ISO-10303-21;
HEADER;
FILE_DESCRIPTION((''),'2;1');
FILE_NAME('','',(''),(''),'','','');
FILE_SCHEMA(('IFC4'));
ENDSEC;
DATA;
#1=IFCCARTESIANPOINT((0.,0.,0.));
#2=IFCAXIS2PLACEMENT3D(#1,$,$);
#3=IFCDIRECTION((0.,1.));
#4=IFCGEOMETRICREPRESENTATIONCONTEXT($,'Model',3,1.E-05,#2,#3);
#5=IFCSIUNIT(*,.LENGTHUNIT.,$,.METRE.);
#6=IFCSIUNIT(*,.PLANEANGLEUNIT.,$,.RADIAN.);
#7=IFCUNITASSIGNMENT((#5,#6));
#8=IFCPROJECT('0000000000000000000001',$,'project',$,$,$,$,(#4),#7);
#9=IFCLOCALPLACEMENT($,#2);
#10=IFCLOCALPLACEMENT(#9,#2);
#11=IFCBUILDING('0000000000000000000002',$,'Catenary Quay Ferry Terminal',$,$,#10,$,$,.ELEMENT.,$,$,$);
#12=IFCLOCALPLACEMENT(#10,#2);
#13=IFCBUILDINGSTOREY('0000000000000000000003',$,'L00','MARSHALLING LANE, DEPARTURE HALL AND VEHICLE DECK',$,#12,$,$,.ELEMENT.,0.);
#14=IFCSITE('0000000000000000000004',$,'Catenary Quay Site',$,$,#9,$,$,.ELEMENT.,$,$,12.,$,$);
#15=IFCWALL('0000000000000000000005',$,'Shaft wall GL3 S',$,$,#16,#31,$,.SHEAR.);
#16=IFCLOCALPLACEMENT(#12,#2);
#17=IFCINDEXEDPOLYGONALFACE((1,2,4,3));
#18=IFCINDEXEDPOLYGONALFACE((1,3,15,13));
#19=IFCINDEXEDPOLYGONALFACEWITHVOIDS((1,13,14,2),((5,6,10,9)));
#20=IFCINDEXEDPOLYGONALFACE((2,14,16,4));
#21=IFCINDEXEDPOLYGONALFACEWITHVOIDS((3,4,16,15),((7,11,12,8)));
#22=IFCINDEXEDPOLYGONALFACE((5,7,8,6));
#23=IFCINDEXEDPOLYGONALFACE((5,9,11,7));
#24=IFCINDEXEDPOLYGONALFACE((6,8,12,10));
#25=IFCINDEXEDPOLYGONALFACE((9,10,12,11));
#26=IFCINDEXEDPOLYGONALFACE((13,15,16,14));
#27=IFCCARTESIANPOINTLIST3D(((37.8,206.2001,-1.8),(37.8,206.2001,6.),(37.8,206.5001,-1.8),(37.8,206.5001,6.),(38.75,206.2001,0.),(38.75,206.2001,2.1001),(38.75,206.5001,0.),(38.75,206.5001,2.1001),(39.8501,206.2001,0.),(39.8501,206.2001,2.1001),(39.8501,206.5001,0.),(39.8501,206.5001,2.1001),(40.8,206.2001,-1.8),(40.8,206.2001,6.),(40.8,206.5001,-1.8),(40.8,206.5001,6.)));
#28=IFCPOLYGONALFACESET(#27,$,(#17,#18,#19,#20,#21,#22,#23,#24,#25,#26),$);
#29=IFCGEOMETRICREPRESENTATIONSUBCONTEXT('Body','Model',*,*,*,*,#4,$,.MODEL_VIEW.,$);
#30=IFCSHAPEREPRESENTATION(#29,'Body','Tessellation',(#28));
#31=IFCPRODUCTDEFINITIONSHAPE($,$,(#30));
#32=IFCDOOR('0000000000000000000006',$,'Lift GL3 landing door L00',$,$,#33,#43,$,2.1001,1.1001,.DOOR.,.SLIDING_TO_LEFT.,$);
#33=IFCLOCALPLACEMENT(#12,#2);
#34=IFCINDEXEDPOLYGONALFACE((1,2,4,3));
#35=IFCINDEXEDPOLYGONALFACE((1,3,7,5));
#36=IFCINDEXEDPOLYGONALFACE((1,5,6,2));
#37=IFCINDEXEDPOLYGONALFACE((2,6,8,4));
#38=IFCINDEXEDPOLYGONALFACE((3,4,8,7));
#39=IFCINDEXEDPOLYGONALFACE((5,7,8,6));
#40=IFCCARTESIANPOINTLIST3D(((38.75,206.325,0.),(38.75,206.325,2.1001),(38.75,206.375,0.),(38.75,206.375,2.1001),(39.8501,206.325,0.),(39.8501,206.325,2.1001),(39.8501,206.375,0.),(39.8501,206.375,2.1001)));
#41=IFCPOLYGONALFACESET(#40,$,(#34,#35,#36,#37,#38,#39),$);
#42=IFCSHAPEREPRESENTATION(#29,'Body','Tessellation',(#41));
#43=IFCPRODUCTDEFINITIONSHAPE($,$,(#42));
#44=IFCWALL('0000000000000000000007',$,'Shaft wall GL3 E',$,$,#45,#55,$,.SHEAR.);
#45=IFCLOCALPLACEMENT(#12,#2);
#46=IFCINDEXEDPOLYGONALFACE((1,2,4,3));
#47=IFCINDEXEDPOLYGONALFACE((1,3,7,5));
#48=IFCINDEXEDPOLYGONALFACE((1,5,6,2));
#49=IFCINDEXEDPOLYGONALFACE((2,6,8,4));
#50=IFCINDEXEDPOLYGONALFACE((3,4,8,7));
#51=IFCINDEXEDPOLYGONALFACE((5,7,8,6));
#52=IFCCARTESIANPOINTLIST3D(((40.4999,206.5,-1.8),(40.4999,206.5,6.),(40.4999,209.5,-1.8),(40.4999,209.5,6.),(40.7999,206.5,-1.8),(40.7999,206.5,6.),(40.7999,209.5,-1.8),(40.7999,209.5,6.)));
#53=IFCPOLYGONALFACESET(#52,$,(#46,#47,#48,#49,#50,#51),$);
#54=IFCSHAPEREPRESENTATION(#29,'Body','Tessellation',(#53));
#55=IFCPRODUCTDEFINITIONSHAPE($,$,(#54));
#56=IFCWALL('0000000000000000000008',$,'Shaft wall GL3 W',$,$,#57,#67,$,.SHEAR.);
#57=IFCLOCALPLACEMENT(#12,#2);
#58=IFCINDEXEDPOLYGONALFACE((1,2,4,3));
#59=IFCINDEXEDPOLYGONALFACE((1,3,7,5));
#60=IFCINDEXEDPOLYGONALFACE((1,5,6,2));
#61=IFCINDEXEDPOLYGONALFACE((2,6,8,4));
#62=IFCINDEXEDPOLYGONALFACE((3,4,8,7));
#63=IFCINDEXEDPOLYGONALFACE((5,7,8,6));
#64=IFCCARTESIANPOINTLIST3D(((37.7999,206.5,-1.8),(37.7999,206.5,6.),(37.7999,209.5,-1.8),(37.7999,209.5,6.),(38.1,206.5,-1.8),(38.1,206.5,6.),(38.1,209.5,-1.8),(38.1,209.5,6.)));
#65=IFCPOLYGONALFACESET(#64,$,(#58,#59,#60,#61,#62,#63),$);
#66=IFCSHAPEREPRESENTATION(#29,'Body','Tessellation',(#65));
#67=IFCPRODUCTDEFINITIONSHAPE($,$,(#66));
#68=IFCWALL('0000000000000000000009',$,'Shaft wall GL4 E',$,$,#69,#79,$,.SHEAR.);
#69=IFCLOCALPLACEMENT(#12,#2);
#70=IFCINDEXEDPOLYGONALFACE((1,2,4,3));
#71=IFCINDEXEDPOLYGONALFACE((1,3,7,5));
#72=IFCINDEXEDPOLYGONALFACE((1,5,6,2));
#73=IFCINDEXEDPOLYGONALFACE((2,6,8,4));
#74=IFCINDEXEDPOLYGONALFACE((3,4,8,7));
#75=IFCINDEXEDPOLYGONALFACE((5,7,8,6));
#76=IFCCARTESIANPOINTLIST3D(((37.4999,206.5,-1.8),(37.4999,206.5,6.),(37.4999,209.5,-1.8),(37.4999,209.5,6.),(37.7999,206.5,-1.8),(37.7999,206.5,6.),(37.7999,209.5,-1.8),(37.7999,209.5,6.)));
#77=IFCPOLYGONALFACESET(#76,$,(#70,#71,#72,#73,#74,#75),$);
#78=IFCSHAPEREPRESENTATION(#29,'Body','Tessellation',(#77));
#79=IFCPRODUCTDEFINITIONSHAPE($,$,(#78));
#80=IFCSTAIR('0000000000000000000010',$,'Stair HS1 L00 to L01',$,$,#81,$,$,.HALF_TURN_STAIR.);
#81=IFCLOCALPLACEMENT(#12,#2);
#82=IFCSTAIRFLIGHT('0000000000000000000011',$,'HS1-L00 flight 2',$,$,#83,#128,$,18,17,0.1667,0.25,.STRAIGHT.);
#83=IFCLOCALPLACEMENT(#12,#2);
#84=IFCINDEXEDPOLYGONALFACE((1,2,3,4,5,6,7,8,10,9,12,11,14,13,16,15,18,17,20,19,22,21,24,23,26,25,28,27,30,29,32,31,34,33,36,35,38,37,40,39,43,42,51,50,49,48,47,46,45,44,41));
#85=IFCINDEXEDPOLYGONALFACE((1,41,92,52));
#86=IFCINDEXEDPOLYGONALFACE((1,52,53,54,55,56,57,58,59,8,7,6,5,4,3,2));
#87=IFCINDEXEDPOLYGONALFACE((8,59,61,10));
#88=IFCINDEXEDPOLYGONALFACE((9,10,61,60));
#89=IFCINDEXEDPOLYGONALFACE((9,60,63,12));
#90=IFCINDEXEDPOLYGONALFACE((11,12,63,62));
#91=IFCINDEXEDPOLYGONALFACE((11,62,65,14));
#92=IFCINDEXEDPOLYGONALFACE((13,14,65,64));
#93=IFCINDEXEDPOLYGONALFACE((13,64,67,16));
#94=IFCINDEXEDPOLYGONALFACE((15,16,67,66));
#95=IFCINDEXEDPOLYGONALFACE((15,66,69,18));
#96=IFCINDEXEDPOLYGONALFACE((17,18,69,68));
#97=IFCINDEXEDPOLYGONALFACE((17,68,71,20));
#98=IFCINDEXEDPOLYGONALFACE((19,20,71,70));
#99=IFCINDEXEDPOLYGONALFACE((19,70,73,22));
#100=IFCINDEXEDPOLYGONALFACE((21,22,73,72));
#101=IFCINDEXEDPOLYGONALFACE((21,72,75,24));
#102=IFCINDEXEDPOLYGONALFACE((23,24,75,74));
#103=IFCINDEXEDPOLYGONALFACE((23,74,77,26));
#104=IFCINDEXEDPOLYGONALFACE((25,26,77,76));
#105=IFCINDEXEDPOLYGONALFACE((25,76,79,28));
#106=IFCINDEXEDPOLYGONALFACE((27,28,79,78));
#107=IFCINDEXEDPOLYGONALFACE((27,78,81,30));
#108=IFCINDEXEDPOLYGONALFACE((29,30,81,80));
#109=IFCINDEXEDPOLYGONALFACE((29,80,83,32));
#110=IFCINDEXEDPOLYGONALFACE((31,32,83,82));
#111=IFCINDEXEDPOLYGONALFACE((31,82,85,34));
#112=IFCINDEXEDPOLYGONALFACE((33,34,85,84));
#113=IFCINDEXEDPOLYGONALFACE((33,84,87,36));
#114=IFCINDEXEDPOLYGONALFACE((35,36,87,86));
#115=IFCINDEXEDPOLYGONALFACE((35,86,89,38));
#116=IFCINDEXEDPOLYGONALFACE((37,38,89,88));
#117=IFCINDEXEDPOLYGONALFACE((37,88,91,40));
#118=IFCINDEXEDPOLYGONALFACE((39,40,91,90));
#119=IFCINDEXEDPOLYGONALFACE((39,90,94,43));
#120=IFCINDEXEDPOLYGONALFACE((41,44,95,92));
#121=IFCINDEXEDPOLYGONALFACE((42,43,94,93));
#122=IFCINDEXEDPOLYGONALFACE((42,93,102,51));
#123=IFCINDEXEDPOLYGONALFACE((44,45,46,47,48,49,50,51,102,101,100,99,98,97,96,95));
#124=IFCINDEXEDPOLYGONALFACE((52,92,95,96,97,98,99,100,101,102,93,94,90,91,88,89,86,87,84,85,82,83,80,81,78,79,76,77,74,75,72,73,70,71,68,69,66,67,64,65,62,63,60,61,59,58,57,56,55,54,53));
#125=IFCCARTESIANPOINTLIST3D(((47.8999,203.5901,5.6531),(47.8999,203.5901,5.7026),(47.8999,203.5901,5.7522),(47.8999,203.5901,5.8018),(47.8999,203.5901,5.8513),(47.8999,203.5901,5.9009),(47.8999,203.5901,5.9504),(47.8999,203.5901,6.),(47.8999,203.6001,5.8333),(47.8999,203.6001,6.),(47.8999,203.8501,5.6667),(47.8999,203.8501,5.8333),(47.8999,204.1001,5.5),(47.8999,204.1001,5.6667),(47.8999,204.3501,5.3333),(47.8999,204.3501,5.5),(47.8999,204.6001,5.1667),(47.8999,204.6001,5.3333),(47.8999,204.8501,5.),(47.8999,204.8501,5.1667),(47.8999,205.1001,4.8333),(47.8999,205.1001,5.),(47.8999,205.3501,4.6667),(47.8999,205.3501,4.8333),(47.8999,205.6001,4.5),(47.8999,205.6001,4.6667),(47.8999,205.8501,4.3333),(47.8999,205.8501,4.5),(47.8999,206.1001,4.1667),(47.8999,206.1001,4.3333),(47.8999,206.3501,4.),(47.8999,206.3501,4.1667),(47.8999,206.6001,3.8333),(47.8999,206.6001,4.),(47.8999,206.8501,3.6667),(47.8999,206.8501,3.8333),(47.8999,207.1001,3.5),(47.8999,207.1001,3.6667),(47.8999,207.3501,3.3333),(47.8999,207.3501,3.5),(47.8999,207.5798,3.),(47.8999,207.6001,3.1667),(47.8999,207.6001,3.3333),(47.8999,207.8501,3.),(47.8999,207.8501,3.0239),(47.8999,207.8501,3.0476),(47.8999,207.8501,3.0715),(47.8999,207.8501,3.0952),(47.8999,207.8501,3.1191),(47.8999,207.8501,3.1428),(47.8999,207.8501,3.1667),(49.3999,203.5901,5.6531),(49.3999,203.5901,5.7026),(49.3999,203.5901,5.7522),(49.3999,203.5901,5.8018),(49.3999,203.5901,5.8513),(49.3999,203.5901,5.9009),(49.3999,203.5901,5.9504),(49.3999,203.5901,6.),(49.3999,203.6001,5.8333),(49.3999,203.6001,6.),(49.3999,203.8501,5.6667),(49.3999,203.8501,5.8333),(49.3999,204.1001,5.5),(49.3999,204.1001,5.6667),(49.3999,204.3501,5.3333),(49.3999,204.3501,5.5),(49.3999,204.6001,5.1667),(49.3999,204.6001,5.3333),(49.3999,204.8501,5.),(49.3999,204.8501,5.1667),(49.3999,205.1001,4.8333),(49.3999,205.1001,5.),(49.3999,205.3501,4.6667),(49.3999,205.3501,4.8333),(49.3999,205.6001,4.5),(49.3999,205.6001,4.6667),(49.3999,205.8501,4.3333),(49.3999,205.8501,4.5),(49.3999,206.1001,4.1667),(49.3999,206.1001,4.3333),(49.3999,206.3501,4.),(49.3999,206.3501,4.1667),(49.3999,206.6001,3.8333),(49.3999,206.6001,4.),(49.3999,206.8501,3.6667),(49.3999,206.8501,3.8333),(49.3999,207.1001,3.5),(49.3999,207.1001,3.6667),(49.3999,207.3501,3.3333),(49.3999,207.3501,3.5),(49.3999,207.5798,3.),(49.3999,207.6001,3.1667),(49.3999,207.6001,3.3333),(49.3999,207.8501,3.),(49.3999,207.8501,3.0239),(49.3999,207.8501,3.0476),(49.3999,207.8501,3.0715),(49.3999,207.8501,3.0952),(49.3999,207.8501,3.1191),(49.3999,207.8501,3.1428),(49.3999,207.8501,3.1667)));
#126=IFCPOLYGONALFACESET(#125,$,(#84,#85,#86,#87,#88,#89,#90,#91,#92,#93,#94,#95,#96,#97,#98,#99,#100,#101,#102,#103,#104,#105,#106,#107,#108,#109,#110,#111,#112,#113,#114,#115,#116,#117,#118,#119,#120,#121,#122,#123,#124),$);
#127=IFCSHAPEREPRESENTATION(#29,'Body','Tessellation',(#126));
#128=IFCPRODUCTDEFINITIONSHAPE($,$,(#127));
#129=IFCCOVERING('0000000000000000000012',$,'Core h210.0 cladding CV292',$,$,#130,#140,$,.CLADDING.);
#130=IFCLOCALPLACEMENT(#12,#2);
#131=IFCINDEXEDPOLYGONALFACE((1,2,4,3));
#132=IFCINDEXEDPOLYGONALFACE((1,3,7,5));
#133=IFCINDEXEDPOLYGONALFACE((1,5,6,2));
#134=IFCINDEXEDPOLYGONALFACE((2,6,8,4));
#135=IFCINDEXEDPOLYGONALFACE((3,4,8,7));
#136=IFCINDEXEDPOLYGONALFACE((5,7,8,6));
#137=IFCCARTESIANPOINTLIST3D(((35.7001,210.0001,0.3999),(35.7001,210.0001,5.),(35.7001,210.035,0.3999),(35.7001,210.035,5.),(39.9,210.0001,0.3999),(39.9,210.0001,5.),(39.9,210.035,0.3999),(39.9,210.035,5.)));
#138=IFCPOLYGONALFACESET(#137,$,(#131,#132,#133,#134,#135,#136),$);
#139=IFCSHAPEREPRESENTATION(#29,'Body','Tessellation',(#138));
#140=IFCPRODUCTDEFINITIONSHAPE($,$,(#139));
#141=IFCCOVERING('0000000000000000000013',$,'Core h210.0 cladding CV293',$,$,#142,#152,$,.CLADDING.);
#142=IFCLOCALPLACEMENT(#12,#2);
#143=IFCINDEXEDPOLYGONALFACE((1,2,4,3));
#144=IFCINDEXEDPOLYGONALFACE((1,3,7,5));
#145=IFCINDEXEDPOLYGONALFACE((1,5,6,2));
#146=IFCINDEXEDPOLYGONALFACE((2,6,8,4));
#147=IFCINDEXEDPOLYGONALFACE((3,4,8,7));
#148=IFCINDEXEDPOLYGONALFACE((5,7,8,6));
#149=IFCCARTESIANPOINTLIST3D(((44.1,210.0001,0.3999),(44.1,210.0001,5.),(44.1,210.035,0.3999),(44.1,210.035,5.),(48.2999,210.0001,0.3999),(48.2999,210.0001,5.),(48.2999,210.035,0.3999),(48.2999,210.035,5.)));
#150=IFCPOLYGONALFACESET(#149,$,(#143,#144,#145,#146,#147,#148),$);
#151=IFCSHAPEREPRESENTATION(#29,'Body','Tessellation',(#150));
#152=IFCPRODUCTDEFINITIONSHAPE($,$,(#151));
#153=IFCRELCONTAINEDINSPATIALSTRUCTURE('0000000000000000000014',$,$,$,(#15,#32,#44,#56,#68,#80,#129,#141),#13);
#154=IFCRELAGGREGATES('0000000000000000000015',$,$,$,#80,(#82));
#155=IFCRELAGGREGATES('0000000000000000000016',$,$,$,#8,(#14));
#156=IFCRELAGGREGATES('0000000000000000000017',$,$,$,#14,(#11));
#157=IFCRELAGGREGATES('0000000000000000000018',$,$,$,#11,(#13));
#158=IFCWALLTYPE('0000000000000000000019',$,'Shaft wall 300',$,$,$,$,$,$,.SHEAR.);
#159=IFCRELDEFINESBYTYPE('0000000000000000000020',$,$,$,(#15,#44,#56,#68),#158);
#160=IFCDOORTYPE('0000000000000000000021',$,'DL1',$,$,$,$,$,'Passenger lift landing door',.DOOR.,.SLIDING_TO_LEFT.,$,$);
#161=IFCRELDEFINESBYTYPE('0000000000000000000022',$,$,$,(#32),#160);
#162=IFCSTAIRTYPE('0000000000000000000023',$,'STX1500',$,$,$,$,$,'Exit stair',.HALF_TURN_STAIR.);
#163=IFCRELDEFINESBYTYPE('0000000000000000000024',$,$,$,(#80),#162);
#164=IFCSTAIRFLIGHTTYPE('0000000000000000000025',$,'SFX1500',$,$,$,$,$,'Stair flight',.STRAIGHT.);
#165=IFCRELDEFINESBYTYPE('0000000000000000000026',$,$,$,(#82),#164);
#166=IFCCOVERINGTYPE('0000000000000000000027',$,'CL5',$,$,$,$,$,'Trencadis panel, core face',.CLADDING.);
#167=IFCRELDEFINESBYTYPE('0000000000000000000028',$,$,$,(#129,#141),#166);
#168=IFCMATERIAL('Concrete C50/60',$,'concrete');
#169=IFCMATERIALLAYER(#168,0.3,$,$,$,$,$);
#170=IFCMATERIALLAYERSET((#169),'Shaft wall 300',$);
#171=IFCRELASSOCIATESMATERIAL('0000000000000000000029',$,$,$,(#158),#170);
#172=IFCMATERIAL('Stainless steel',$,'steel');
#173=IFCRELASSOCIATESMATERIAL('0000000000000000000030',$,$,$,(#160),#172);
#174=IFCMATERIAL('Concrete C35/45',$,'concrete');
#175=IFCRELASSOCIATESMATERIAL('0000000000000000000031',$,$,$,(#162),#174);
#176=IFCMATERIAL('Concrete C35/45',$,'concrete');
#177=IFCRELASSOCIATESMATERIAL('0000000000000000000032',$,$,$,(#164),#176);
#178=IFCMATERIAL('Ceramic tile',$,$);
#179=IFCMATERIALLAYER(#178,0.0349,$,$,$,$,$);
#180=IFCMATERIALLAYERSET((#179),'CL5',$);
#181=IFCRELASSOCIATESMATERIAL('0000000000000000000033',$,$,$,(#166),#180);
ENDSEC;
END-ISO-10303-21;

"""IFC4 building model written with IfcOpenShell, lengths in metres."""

from ifc_helpers import new_model, si_unit, direction, frame, frame_2d, origin, origin_2d, place, context, subcontext, project, spatial, polyline, rectangle, outline, extrude, material, layer, layer_set, type_object, element, fill, aggregate, save


model = new_model("IFC4")

# Units and contexts
model_context = context("Model", 3, precision=1e-05, world=origin(), true_north=direction((0.0, 1.0)))
body_context = subcontext(model_context, "Body", "Model", "MODEL_VIEW")
ifc_project = project(units=[si_unit("LENGTHUNIT", "METRE"), si_unit("PLANEANGLEUNIT", "RADIAN")], contexts=[model_context])

# Site, building, storey
site_placement = place(None, origin())
site = spatial("IfcSite", under=ifc_project, at=site_placement, Name="Catenary Quay Site", CompositionType="ELEMENT", RefElevation=12.0)
building_placement = place(site_placement, origin())
building = spatial("IfcBuilding", under=site, at=building_placement, Name="Catenary Quay Ferry Terminal", CompositionType="ELEMENT")
storey_placement = place(building_placement, origin())
storey = spatial("IfcBuildingStorey", under=building, at=storey_placement, Name="L00", Description="MARSHALLING LANE, DEPARTURE HALL AND VEHICLE DECK", CompositionType="ELEMENT", Elevation=0.0)

# Shared definitions
ifc_material_1 = material(Name="Concrete C50/60", Category="concrete")
ifc_layer_1 = layer(ifc_material_1, 0.3)
ifc_layer_set_1 = layer_set([ifc_layer_1], Name="Shaft wall 300")
wall_type_1 = type_object("IfcWallType", Name="Shaft wall 300", PredefinedType="SHEAR", material=ifc_layer_set_1)

# Wall, opening, door
wall_1_placement = place(storey_placement, frame((37.8, 206.3501, -1.8), z_axis=(0.0, 0.0, 1.0), x_axis=(1.0, 0.0, 0.0)))
wall_1 = element("IfcWall", 1, at=wall_1_placement, inside=storey, type_object=wall_type_1, Name="Shaft wall GL3 S", PredefinedType="SHEAR", context=body_context, shape_type="SweptSolid", body=[
    extrude(rectangle(XDim=3.0, YDim=0.3, at=frame_2d((1.5, 0.0))), origin(), (0.0, 0.0, 1.0), 7.8),
])
opening_1_placement = place(wall_1_placement, frame((0.95, 0.0, 1.8)))
opening_1 = element("IfcOpeningElement", 2, at=opening_1_placement, cuts=wall_1, PredefinedType="OPENING", context=body_context, shape_type="SweptSolid", body=[
    extrude(rectangle(XDim=1.1001, YDim=2.1001, at=frame_2d((0.55, 1.05))), frame((0.0, 0.1599, 0.0), z_axis=(0.0, -1.0, 0.0), x_axis=(1.0, 0.0, 0.0)), (0.0, 0.0, 1.0), 0.3201),
])
ifc_material_2 = material(Name="Stainless steel", Category="steel")
door_type_1 = type_object("IfcDoorType", Name="DL1", ElementType="Passenger lift landing door", OperationType="SLIDING_TO_LEFT", PredefinedType="DOOR", material=ifc_material_2)
door_1_placement = place(opening_1_placement, origin())
door_1 = element("IfcDoor", 3, at=door_1_placement, inside=storey, type_object=door_type_1, Name="Lift GL3 landing door L00", OperationType="SLIDING_TO_LEFT", OverallHeight=2.1001, OverallWidth=1.1001, PredefinedType="DOOR", context=body_context, shape_type="SweptSolid", body=[
    extrude(rectangle(XDim=1.1001, YDim=2.1001, at=frame_2d((0.55, 1.05))), frame((0.0, 0.0249, 0.0), z_axis=(0.0, -1.0, 0.0), x_axis=(1.0, 0.0, 0.0)), (0.0, 0.0, 1.0), 0.05),
])
fill(opening_1, door_1)

# Walls
for number, where, z_axis, x_axis, name in (
    (4, (40.6499, 206.5, -1.8), (0.0, 0.0, 1.0), (0.0, 1.0, 0.0), "Shaft wall GL3 E"),
    (5, (37.95, 206.5, -1.8), (0.0, 0.0, 1.0), (0.0, 1.0, 0.0), "Shaft wall GL3 W"),
    (6, (37.6499, 206.5, -1.8), (0.0, 0.0, 1.0), (0.0, 1.0, 0.0), "Shaft wall GL4 E"),
):
    element("IfcWall", number, at=place(storey_placement, frame(where, z_axis=z_axis, x_axis=x_axis)), inside=storey, type_object=wall_type_1, Name=name, PredefinedType="SHEAR", context=body_context, shape_type="SweptSolid", body=[
        extrude(rectangle(XDim=3.0, YDim=0.3, at=frame_2d((1.5, 0.0))), origin(), (0.0, 0.0, 1.0), 7.8),
    ])

# Stair, stair flight
ifc_material_3 = material(Name="Concrete C35/45", Category="concrete")
stair_type = type_object("IfcStairType", Name="STX1500", ElementType="Exit stair", PredefinedType="HALF_TURN_STAIR", material=ifc_material_3)
stair_placement = place(storey_placement, origin())
stair = element("IfcStair", 7, at=stair_placement, inside=storey, type_object=stair_type, Name="Stair HS1 L00 to L01", PredefinedType="HALF_TURN_STAIR")
ifc_material_4 = material(Name="Concrete C35/45", Category="concrete")
stair_flight_type = type_object("IfcStairFlightType", Name="SFX1500", ElementType="Stair flight", PredefinedType="STRAIGHT", material=ifc_material_4)
stair_flight_placement = place(storey_placement, frame((48.6499, 207.8501, 3.0), z_axis=(0.0, 0.0, 1.0), x_axis=(0.0, -1.0, 0.0)))
stair_flight = element("IfcStairFlight", 8, at=stair_flight_placement, type_object=stair_flight_type, Name="HS1-L00 flight 2", NumberOfRisers=18, NumberOfTreads=17, PredefinedType="STRAIGHT", RiserHeight=0.1667, TreadLength=0.25, context=body_context, shape_type="SweptSolid", body=[
    extrude(outline(polyline([(0.0, 0.0), (0.0, 0.0239), (0.0, 0.0476), (0.0, 0.0715), (0.0, 0.0952), (0.0, 0.1191), (0.0, 0.1428), (0.0, 0.1667), (0.25, 0.1667), (0.25, 0.3333), (0.5, 0.3333), (0.5, 0.5), (0.75, 0.5), (0.75, 0.6667), (1.0, 0.6667), (1.0, 0.8333), (1.25, 0.8333), (1.25, 1.0), (1.5, 1.0), (1.5, 1.1667), (1.75, 1.1667), (1.75, 1.3333), (2.0, 1.3333), (2.0, 1.5), (2.25, 1.5), (2.25, 1.6667), (2.5, 1.6667), (2.5, 1.8333), (2.75, 1.8333), (2.75, 2.0), (3.0, 2.0), (3.0, 2.1667), (3.25, 2.1667), (3.25, 2.3333), (3.5, 2.3333), (3.5, 2.5), (3.75, 2.5), (3.75, 2.6667), (4.0, 2.6667), (4.0, 2.8333), (4.25, 2.8333), (4.25, 3.0), (4.26, 3.0), (4.26, 2.9504), (4.26, 2.9009), (4.26, 2.8513), (4.26, 2.8018), (4.26, 2.7522), (4.26, 2.7026), (4.26, 2.6531), (0.2703, 0.0), (0.0, 0.0)])), frame((0.0, 0.75, 0.0), z_axis=(0.0, -1.0, 0.0), x_axis=(1.0, 0.0, 0.0)), (0.0, 0.0, 1.0), 1.5),
])
aggregate(stair, [stair_flight])

# Coverings
ifc_material_5 = material(Name="Ceramic tile")
ifc_layer_2 = layer(ifc_material_5, 0.0349)
ifc_layer_set_2 = layer_set([ifc_layer_2], Name="CL5")
covering_type = type_object("IfcCoveringType", Name="CL5", ElementType="Trencadis panel, core face", PredefinedType="CLADDING", material=ifc_layer_set_2)
for number, where, z_axis, x_axis, name in (
    (9, (37.8, 210.0176, 0.3999), (0.0, 0.0, 1.0), (1.0, 0.0, 0.0), "Core h210.0 cladding CV292"),
    (10, (46.2, 210.0176, 0.3999), (0.0, 0.0, 1.0), (1.0, 0.0, 0.0), "Core h210.0 cladding CV293"),
):
    element("IfcCovering", number, at=place(storey_placement, frame(where, z_axis=z_axis, x_axis=x_axis)), inside=storey, type_object=covering_type, Name=name, PredefinedType="CLADDING", context=body_context, shape_type="SweptSolid", body=[
        extrude(rectangle(XDim=4.2, YDim=0.0349, at=origin_2d()), origin(), (0.0, 0.0, 1.0), 4.6001),
    ])

save(model, "model.ifc")
